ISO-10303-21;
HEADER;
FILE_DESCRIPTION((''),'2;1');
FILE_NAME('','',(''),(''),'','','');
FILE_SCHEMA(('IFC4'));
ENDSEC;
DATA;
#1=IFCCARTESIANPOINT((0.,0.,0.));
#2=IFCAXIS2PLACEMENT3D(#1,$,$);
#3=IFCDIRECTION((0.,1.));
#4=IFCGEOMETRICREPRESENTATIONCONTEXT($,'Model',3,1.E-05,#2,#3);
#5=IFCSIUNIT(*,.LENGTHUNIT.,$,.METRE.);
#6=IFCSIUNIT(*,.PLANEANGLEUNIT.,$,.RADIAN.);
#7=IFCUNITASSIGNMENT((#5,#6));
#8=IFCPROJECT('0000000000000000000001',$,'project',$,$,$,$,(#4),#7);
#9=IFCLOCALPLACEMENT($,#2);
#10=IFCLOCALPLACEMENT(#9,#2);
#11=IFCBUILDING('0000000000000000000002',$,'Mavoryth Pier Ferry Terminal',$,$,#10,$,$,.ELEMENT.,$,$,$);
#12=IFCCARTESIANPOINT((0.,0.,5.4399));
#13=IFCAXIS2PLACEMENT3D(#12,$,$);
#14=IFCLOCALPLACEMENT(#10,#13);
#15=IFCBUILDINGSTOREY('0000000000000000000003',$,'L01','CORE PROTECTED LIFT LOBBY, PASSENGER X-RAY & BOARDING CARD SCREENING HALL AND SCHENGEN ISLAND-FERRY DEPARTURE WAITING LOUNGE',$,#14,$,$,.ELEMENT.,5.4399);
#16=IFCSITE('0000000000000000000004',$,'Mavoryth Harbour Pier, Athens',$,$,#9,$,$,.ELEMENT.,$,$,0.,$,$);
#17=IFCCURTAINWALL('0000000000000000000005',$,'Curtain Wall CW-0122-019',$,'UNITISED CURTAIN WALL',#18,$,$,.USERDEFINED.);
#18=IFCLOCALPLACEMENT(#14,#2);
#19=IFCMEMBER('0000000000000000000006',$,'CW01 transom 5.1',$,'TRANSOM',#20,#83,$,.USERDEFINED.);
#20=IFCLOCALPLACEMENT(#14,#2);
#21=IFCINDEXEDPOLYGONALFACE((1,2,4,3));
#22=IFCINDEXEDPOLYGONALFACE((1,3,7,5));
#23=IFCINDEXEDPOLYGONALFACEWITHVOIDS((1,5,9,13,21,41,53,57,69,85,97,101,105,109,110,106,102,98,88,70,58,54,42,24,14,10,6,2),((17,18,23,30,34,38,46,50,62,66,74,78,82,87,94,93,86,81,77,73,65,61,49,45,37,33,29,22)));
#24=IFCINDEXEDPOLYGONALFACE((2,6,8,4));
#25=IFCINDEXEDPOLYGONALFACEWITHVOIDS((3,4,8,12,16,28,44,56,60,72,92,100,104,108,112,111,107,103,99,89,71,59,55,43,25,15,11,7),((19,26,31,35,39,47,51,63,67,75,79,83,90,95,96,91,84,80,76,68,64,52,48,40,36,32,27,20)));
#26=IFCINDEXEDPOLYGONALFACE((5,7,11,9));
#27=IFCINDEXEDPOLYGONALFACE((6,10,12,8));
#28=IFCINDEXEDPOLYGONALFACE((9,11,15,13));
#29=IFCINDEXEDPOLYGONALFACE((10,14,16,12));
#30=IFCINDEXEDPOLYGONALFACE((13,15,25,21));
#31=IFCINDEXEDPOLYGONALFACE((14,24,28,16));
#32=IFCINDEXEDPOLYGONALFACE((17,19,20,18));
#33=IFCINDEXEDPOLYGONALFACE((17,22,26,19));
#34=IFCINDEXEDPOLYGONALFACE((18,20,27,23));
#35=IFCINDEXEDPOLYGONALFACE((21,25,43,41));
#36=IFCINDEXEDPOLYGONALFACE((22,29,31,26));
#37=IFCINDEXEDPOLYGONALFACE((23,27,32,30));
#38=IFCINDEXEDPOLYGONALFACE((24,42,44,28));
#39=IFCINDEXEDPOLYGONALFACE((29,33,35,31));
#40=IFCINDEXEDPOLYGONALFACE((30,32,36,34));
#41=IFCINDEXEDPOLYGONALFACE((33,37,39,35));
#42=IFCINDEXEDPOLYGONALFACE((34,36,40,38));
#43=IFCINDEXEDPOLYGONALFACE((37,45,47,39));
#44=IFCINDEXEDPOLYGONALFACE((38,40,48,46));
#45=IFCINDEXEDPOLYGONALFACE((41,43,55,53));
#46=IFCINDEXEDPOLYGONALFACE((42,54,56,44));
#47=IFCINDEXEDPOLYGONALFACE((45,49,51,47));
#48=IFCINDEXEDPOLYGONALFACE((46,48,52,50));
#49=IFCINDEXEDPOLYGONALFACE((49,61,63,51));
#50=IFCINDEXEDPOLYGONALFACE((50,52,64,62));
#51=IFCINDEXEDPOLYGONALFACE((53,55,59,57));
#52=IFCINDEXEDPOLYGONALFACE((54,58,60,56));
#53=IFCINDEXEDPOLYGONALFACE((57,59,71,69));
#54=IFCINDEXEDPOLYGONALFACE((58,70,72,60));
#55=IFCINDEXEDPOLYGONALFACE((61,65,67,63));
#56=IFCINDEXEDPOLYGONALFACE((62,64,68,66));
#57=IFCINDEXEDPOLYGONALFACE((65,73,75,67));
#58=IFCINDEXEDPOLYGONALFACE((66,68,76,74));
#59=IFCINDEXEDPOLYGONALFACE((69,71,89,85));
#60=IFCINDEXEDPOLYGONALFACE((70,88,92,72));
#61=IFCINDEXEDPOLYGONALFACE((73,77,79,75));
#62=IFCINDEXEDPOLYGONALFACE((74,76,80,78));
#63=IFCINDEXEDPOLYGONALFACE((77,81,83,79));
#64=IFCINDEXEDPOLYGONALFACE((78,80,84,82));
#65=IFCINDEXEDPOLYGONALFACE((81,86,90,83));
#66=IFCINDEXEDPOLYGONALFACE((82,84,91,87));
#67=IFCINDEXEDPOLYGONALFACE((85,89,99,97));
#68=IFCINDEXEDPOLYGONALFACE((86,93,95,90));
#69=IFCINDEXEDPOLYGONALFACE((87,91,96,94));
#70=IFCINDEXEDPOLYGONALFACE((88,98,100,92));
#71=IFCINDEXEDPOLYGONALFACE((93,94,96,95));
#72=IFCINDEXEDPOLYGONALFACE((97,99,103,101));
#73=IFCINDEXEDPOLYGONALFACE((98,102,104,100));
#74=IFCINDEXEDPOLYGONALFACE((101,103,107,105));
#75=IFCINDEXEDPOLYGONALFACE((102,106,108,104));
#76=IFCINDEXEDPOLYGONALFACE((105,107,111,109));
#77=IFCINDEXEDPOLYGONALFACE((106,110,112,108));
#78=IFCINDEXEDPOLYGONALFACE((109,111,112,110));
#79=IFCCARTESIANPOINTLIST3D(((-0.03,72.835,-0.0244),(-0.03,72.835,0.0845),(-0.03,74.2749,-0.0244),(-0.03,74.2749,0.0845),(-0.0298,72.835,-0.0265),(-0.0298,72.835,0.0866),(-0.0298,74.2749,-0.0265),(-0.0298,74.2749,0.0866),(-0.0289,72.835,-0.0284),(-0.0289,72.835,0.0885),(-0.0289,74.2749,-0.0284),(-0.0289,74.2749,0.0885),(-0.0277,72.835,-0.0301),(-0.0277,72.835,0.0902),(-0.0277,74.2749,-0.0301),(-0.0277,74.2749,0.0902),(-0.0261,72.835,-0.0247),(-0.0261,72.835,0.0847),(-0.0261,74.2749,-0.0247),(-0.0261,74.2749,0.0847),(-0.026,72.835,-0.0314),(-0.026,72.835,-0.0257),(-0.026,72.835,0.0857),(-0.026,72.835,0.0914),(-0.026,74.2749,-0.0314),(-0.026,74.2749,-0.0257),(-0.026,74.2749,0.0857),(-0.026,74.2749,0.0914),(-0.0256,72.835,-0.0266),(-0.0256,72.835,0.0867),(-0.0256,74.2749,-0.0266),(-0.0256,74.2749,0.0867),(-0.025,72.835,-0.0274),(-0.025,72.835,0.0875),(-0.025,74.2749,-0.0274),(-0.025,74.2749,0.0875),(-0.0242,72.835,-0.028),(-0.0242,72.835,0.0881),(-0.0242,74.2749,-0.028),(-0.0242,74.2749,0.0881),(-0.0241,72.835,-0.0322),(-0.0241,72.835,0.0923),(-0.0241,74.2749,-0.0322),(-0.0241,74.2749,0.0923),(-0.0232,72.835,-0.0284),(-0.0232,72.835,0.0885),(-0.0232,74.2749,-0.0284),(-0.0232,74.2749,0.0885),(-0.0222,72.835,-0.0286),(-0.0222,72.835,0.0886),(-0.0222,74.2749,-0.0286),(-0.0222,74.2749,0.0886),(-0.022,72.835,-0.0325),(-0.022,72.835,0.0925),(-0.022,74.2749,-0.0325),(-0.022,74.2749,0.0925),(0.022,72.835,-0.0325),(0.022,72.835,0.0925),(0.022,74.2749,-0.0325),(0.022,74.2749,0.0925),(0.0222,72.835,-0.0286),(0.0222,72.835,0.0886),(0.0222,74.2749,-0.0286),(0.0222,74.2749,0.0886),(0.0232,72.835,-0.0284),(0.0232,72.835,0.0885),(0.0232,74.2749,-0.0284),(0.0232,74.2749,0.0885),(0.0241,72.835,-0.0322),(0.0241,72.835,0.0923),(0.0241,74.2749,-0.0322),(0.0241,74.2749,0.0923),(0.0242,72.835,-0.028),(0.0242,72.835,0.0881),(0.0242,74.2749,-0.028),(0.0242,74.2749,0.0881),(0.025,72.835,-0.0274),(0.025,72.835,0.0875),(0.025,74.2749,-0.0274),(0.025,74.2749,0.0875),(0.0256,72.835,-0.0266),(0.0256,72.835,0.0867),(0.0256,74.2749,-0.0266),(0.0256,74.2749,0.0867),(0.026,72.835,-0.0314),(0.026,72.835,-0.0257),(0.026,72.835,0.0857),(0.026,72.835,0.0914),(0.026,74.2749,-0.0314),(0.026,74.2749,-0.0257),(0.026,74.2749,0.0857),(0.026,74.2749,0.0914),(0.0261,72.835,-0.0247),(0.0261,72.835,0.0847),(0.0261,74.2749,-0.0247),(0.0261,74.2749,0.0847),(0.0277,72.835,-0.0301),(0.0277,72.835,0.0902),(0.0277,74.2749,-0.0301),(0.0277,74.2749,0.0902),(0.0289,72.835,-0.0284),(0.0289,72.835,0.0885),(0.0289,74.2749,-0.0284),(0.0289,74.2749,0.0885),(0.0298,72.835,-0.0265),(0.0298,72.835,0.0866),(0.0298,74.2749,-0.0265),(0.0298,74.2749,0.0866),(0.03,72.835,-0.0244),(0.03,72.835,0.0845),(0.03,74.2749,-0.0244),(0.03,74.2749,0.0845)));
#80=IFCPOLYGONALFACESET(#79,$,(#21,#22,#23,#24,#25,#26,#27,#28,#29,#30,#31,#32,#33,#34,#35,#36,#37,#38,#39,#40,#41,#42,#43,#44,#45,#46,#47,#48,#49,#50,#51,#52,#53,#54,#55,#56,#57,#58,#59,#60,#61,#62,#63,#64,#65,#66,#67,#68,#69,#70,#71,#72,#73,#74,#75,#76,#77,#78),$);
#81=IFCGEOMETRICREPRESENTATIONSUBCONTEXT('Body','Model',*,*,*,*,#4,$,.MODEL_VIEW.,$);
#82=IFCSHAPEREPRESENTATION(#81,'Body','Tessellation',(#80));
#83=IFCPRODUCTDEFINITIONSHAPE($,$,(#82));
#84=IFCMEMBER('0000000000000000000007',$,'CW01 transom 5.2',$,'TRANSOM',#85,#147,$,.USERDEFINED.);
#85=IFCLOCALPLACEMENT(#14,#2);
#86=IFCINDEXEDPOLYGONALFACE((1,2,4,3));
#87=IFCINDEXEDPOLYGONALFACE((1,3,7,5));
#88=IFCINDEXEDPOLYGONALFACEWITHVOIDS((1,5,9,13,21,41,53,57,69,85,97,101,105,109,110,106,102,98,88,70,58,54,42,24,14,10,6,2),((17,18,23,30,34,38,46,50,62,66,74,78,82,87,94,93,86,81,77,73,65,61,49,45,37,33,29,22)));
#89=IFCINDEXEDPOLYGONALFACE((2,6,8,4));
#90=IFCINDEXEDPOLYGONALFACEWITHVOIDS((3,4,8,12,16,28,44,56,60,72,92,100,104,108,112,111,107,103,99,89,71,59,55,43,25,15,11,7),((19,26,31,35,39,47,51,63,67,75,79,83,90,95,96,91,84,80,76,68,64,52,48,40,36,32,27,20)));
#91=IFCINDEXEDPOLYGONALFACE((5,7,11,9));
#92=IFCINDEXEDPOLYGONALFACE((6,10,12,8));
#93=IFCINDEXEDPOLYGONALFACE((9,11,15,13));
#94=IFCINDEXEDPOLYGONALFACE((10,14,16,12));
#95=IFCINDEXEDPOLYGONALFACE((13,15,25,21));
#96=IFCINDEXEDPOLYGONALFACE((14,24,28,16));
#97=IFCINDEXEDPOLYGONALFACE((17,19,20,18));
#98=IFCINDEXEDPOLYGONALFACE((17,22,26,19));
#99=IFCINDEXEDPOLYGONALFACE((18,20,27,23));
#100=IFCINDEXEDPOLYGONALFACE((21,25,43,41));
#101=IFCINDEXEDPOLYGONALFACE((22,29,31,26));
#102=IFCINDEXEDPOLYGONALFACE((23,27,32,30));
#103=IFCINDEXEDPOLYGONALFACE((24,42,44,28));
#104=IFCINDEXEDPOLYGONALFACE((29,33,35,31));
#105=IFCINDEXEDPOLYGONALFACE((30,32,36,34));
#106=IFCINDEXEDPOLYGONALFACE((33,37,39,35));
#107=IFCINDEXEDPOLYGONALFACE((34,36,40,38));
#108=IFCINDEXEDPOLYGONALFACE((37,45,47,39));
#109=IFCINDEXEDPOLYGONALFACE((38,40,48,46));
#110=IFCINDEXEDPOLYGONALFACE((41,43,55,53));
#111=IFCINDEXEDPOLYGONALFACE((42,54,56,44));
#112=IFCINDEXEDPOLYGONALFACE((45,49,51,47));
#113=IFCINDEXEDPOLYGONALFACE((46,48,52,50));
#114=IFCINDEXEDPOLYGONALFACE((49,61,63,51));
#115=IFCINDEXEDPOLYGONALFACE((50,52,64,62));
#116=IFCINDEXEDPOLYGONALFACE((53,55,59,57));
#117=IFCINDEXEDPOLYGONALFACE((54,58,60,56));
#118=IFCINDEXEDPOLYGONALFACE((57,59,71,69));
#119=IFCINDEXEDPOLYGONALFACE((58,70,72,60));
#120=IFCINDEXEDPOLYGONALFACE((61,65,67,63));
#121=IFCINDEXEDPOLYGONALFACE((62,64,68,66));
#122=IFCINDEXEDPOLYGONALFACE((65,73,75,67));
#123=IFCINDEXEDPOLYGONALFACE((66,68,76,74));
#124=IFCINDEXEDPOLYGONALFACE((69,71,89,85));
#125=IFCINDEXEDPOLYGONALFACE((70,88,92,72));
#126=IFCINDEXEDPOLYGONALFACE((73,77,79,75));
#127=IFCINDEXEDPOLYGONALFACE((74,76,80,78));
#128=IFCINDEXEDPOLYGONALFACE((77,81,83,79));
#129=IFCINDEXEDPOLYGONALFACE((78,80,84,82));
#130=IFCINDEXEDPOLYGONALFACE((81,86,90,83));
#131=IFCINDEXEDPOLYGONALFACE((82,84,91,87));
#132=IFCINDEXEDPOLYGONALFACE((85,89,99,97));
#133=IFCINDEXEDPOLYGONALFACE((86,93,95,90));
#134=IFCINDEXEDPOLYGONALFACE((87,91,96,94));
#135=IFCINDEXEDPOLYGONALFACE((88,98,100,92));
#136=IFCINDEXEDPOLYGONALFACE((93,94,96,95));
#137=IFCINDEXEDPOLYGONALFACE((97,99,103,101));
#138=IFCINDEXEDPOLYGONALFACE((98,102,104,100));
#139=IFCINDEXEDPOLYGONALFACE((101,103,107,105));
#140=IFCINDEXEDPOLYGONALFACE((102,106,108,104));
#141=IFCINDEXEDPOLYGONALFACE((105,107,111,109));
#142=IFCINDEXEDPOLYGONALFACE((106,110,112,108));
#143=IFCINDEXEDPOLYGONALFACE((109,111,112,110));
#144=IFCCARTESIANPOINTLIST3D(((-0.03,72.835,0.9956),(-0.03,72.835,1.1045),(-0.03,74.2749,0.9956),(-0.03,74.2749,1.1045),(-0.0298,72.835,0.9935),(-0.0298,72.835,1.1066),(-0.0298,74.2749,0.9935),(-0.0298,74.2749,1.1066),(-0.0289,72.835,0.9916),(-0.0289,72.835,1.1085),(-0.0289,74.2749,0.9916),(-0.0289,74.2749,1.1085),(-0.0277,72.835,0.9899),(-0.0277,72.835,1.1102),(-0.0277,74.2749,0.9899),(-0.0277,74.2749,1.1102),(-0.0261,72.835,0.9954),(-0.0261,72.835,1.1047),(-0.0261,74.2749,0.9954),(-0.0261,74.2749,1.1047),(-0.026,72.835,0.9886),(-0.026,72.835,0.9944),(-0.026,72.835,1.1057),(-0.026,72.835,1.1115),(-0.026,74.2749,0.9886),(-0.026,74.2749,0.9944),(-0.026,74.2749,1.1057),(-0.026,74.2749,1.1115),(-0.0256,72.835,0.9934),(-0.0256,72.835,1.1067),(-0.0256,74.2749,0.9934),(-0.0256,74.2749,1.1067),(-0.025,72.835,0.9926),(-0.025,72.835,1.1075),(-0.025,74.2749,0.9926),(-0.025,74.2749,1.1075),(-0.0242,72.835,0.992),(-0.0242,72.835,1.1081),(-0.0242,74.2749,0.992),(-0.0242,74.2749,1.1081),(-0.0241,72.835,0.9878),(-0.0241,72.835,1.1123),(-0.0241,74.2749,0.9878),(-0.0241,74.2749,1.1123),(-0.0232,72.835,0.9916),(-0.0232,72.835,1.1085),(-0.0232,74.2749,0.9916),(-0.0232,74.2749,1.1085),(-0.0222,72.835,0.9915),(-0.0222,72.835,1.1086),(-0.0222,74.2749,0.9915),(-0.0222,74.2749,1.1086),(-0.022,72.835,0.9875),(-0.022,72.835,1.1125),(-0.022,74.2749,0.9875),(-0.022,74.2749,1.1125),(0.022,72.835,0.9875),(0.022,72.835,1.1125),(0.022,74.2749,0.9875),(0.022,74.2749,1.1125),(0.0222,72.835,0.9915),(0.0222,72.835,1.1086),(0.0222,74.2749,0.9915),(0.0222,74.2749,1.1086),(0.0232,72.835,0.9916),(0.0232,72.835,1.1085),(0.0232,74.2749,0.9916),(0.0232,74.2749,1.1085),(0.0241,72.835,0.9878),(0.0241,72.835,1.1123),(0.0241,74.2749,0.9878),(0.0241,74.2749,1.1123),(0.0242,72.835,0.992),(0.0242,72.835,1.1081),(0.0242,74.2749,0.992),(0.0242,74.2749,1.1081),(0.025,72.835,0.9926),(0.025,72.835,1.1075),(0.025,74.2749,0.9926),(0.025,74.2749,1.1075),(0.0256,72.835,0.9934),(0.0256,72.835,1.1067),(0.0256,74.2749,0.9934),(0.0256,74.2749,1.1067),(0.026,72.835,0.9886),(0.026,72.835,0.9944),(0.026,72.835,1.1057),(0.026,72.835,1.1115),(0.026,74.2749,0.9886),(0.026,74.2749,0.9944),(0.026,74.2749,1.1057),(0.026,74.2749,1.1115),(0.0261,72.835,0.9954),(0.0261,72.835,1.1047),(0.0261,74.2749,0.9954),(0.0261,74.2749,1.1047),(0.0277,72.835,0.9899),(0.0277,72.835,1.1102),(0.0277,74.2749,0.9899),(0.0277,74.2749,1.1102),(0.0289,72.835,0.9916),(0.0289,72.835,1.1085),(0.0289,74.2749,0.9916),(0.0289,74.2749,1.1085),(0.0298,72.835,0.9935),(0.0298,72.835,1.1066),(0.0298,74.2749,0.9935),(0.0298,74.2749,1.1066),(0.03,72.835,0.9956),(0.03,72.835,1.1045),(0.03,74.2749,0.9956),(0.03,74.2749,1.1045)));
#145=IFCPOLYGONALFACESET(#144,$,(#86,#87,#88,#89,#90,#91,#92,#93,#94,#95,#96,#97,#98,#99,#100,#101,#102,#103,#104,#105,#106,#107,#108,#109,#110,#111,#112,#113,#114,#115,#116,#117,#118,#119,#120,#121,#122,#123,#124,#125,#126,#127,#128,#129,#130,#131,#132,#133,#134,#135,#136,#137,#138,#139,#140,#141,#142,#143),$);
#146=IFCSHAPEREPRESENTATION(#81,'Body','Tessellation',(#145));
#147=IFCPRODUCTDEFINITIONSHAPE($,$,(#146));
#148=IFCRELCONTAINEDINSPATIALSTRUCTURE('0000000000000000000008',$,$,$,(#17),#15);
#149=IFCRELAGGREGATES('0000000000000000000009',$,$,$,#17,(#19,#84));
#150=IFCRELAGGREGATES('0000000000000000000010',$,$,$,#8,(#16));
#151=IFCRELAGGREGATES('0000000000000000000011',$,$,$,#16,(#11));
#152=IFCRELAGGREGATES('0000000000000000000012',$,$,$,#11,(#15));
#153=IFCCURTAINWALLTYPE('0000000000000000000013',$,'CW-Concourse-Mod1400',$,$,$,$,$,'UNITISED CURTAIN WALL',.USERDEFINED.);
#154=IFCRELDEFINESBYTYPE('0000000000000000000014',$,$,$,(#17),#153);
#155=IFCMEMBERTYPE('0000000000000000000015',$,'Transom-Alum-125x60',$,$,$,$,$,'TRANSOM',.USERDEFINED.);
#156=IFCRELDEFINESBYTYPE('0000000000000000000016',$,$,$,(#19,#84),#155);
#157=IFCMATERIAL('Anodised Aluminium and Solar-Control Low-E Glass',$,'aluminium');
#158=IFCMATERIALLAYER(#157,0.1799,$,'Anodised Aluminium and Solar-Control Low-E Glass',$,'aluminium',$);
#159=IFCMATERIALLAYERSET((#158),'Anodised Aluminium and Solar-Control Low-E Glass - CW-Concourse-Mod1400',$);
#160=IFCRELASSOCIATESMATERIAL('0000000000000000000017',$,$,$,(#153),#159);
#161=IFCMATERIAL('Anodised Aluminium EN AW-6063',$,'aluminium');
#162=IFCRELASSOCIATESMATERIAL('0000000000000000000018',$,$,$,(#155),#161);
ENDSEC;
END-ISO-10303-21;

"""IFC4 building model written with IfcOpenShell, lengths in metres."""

from ifc_helpers import new_model, si_unit, direction, frame, origin, origin_2d, place, context, subcontext, project, spatial, hollow_rectangle, extrude, material, layer, layer_set, material_profile, profile_set, type_object, element, aggregate, save


model = new_model("IFC4")

# Units and contexts
model_context = context("Model", 3, precision=1e-05, world=origin(), true_north=direction((0.0, 1.0)))
body_context = subcontext(model_context, "Body", "Model", "MODEL_VIEW")
ifc_project = project(units=[si_unit("LENGTHUNIT", "METRE"), si_unit("PLANEANGLEUNIT", "RADIAN")], contexts=[model_context])

# Site, building, storey
site_placement = place(None, origin())
site = spatial("IfcSite", under=ifc_project, at=site_placement, Name="Mavoryth Harbour Pier, Athens", CompositionType="ELEMENT", RefElevation=0.0)
building_placement = place(site_placement, origin())
building = spatial("IfcBuilding", under=site, at=building_placement, Name="Mavoryth Pier Ferry Terminal", CompositionType="ELEMENT")
storey_placement = place(building_placement, frame((0.0, 0.0, 5.4399)))
storey = spatial("IfcBuildingStorey", under=building, at=storey_placement, Name="L01", Description="CORE PROTECTED LIFT LOBBY, PASSENGER X-RAY & BOARDING CARD SCREENING HALL AND SCHENGEN ISLAND-FERRY DEPARTURE WAITING LOUNGE", CompositionType="ELEMENT", Elevation=5.4399)

# Curtain wall, members
ifc_material_1 = material(Name="Anodised Aluminium and Solar-Control Low-E Glass", Category="aluminium")
ifc_layer_1 = layer(ifc_material_1, 0.1799, Name="Anodised Aluminium and Solar-Control Low-E Glass", Category="aluminium")
ifc_layer_set_1 = layer_set([ifc_layer_1], Name="Anodised Aluminium and Solar-Control Low-E Glass - CW-Concourse-Mod1400")
curtain_wall_type = type_object("IfcCurtainWallType", Name="CW-Concourse-Mod1400", ElementType="UNITISED CURTAIN WALL", PredefinedType="USERDEFINED", material=ifc_layer_set_1)
curtain_wall_placement = place(storey_placement, origin())
curtain_wall = element("IfcCurtainWall", 1, at=curtain_wall_placement, inside=storey, type_object=curtain_wall_type, Name="Curtain Wall CW-0122-019", ObjectType="UNITISED CURTAIN WALL", PredefinedType="USERDEFINED")
ifc_material_2 = material(Name="Anodised Aluminium EN AW-6063", Category="aluminium")
ifc_material_profile_1 = material_profile(ifc_material_2, hollow_rectangle(XDim=0.0601, YDim=0.125, WallThickness=0.0039, InnerFilletRadius=0.0039, OuterFilletRadius=0.0081, at=origin_2d()), Name="AL-TRAN 125x60x4", Category="aluminium")
ifc_profile_set_1 = profile_set([ifc_material_profile_1], Name="Anodised Aluminium EN AW-6063 - AL-TRAN 125x60x4")
member_type_1 = type_object("IfcMemberType", Name="Transom-Alum-125x60", ElementType="TRANSOM", PredefinedType="USERDEFINED", material=ifc_profile_set_1)
member_1_placement = place(storey_placement, frame((0.0, 74.2749, 0.03), z_axis=(0.0, -1.0, 0.0), x_axis=(1.0, 0.0, 0.0)))
member_1 = element("IfcMember", 2, at=member_1_placement, type_object=member_type_1, Name="CW01 transom 5.1", ObjectType="TRANSOM", PredefinedType="USERDEFINED", context=body_context, shape_type="SweptSolid", body=[
    extrude(hollow_rectangle(XDim=0.0601, YDim=0.125, WallThickness=0.0039, InnerFilletRadius=0.0039, OuterFilletRadius=0.0081, at=origin_2d()), origin(), (0.0, 0.0, 1.0), 1.4399),
])
member_2_placement = place(storey_placement, frame((0.0, 74.2749, 1.05), z_axis=(0.0, -1.0, 0.0), x_axis=(1.0, 0.0, 0.0)))
member_2 = element("IfcMember", 3, at=member_2_placement, type_object=member_type_1, Name="CW01 transom 5.2", ObjectType="TRANSOM", PredefinedType="USERDEFINED", context=body_context, shape_type="SweptSolid", body=[
    extrude(hollow_rectangle(XDim=0.0601, YDim=0.125, WallThickness=0.0039, InnerFilletRadius=0.0039, OuterFilletRadius=0.0081, at=origin_2d()), origin(), (0.0, 0.0, 1.0), 1.4399),
])
aggregate(curtain_wall, [member_1, member_2])

save(model, "model.ifc")
